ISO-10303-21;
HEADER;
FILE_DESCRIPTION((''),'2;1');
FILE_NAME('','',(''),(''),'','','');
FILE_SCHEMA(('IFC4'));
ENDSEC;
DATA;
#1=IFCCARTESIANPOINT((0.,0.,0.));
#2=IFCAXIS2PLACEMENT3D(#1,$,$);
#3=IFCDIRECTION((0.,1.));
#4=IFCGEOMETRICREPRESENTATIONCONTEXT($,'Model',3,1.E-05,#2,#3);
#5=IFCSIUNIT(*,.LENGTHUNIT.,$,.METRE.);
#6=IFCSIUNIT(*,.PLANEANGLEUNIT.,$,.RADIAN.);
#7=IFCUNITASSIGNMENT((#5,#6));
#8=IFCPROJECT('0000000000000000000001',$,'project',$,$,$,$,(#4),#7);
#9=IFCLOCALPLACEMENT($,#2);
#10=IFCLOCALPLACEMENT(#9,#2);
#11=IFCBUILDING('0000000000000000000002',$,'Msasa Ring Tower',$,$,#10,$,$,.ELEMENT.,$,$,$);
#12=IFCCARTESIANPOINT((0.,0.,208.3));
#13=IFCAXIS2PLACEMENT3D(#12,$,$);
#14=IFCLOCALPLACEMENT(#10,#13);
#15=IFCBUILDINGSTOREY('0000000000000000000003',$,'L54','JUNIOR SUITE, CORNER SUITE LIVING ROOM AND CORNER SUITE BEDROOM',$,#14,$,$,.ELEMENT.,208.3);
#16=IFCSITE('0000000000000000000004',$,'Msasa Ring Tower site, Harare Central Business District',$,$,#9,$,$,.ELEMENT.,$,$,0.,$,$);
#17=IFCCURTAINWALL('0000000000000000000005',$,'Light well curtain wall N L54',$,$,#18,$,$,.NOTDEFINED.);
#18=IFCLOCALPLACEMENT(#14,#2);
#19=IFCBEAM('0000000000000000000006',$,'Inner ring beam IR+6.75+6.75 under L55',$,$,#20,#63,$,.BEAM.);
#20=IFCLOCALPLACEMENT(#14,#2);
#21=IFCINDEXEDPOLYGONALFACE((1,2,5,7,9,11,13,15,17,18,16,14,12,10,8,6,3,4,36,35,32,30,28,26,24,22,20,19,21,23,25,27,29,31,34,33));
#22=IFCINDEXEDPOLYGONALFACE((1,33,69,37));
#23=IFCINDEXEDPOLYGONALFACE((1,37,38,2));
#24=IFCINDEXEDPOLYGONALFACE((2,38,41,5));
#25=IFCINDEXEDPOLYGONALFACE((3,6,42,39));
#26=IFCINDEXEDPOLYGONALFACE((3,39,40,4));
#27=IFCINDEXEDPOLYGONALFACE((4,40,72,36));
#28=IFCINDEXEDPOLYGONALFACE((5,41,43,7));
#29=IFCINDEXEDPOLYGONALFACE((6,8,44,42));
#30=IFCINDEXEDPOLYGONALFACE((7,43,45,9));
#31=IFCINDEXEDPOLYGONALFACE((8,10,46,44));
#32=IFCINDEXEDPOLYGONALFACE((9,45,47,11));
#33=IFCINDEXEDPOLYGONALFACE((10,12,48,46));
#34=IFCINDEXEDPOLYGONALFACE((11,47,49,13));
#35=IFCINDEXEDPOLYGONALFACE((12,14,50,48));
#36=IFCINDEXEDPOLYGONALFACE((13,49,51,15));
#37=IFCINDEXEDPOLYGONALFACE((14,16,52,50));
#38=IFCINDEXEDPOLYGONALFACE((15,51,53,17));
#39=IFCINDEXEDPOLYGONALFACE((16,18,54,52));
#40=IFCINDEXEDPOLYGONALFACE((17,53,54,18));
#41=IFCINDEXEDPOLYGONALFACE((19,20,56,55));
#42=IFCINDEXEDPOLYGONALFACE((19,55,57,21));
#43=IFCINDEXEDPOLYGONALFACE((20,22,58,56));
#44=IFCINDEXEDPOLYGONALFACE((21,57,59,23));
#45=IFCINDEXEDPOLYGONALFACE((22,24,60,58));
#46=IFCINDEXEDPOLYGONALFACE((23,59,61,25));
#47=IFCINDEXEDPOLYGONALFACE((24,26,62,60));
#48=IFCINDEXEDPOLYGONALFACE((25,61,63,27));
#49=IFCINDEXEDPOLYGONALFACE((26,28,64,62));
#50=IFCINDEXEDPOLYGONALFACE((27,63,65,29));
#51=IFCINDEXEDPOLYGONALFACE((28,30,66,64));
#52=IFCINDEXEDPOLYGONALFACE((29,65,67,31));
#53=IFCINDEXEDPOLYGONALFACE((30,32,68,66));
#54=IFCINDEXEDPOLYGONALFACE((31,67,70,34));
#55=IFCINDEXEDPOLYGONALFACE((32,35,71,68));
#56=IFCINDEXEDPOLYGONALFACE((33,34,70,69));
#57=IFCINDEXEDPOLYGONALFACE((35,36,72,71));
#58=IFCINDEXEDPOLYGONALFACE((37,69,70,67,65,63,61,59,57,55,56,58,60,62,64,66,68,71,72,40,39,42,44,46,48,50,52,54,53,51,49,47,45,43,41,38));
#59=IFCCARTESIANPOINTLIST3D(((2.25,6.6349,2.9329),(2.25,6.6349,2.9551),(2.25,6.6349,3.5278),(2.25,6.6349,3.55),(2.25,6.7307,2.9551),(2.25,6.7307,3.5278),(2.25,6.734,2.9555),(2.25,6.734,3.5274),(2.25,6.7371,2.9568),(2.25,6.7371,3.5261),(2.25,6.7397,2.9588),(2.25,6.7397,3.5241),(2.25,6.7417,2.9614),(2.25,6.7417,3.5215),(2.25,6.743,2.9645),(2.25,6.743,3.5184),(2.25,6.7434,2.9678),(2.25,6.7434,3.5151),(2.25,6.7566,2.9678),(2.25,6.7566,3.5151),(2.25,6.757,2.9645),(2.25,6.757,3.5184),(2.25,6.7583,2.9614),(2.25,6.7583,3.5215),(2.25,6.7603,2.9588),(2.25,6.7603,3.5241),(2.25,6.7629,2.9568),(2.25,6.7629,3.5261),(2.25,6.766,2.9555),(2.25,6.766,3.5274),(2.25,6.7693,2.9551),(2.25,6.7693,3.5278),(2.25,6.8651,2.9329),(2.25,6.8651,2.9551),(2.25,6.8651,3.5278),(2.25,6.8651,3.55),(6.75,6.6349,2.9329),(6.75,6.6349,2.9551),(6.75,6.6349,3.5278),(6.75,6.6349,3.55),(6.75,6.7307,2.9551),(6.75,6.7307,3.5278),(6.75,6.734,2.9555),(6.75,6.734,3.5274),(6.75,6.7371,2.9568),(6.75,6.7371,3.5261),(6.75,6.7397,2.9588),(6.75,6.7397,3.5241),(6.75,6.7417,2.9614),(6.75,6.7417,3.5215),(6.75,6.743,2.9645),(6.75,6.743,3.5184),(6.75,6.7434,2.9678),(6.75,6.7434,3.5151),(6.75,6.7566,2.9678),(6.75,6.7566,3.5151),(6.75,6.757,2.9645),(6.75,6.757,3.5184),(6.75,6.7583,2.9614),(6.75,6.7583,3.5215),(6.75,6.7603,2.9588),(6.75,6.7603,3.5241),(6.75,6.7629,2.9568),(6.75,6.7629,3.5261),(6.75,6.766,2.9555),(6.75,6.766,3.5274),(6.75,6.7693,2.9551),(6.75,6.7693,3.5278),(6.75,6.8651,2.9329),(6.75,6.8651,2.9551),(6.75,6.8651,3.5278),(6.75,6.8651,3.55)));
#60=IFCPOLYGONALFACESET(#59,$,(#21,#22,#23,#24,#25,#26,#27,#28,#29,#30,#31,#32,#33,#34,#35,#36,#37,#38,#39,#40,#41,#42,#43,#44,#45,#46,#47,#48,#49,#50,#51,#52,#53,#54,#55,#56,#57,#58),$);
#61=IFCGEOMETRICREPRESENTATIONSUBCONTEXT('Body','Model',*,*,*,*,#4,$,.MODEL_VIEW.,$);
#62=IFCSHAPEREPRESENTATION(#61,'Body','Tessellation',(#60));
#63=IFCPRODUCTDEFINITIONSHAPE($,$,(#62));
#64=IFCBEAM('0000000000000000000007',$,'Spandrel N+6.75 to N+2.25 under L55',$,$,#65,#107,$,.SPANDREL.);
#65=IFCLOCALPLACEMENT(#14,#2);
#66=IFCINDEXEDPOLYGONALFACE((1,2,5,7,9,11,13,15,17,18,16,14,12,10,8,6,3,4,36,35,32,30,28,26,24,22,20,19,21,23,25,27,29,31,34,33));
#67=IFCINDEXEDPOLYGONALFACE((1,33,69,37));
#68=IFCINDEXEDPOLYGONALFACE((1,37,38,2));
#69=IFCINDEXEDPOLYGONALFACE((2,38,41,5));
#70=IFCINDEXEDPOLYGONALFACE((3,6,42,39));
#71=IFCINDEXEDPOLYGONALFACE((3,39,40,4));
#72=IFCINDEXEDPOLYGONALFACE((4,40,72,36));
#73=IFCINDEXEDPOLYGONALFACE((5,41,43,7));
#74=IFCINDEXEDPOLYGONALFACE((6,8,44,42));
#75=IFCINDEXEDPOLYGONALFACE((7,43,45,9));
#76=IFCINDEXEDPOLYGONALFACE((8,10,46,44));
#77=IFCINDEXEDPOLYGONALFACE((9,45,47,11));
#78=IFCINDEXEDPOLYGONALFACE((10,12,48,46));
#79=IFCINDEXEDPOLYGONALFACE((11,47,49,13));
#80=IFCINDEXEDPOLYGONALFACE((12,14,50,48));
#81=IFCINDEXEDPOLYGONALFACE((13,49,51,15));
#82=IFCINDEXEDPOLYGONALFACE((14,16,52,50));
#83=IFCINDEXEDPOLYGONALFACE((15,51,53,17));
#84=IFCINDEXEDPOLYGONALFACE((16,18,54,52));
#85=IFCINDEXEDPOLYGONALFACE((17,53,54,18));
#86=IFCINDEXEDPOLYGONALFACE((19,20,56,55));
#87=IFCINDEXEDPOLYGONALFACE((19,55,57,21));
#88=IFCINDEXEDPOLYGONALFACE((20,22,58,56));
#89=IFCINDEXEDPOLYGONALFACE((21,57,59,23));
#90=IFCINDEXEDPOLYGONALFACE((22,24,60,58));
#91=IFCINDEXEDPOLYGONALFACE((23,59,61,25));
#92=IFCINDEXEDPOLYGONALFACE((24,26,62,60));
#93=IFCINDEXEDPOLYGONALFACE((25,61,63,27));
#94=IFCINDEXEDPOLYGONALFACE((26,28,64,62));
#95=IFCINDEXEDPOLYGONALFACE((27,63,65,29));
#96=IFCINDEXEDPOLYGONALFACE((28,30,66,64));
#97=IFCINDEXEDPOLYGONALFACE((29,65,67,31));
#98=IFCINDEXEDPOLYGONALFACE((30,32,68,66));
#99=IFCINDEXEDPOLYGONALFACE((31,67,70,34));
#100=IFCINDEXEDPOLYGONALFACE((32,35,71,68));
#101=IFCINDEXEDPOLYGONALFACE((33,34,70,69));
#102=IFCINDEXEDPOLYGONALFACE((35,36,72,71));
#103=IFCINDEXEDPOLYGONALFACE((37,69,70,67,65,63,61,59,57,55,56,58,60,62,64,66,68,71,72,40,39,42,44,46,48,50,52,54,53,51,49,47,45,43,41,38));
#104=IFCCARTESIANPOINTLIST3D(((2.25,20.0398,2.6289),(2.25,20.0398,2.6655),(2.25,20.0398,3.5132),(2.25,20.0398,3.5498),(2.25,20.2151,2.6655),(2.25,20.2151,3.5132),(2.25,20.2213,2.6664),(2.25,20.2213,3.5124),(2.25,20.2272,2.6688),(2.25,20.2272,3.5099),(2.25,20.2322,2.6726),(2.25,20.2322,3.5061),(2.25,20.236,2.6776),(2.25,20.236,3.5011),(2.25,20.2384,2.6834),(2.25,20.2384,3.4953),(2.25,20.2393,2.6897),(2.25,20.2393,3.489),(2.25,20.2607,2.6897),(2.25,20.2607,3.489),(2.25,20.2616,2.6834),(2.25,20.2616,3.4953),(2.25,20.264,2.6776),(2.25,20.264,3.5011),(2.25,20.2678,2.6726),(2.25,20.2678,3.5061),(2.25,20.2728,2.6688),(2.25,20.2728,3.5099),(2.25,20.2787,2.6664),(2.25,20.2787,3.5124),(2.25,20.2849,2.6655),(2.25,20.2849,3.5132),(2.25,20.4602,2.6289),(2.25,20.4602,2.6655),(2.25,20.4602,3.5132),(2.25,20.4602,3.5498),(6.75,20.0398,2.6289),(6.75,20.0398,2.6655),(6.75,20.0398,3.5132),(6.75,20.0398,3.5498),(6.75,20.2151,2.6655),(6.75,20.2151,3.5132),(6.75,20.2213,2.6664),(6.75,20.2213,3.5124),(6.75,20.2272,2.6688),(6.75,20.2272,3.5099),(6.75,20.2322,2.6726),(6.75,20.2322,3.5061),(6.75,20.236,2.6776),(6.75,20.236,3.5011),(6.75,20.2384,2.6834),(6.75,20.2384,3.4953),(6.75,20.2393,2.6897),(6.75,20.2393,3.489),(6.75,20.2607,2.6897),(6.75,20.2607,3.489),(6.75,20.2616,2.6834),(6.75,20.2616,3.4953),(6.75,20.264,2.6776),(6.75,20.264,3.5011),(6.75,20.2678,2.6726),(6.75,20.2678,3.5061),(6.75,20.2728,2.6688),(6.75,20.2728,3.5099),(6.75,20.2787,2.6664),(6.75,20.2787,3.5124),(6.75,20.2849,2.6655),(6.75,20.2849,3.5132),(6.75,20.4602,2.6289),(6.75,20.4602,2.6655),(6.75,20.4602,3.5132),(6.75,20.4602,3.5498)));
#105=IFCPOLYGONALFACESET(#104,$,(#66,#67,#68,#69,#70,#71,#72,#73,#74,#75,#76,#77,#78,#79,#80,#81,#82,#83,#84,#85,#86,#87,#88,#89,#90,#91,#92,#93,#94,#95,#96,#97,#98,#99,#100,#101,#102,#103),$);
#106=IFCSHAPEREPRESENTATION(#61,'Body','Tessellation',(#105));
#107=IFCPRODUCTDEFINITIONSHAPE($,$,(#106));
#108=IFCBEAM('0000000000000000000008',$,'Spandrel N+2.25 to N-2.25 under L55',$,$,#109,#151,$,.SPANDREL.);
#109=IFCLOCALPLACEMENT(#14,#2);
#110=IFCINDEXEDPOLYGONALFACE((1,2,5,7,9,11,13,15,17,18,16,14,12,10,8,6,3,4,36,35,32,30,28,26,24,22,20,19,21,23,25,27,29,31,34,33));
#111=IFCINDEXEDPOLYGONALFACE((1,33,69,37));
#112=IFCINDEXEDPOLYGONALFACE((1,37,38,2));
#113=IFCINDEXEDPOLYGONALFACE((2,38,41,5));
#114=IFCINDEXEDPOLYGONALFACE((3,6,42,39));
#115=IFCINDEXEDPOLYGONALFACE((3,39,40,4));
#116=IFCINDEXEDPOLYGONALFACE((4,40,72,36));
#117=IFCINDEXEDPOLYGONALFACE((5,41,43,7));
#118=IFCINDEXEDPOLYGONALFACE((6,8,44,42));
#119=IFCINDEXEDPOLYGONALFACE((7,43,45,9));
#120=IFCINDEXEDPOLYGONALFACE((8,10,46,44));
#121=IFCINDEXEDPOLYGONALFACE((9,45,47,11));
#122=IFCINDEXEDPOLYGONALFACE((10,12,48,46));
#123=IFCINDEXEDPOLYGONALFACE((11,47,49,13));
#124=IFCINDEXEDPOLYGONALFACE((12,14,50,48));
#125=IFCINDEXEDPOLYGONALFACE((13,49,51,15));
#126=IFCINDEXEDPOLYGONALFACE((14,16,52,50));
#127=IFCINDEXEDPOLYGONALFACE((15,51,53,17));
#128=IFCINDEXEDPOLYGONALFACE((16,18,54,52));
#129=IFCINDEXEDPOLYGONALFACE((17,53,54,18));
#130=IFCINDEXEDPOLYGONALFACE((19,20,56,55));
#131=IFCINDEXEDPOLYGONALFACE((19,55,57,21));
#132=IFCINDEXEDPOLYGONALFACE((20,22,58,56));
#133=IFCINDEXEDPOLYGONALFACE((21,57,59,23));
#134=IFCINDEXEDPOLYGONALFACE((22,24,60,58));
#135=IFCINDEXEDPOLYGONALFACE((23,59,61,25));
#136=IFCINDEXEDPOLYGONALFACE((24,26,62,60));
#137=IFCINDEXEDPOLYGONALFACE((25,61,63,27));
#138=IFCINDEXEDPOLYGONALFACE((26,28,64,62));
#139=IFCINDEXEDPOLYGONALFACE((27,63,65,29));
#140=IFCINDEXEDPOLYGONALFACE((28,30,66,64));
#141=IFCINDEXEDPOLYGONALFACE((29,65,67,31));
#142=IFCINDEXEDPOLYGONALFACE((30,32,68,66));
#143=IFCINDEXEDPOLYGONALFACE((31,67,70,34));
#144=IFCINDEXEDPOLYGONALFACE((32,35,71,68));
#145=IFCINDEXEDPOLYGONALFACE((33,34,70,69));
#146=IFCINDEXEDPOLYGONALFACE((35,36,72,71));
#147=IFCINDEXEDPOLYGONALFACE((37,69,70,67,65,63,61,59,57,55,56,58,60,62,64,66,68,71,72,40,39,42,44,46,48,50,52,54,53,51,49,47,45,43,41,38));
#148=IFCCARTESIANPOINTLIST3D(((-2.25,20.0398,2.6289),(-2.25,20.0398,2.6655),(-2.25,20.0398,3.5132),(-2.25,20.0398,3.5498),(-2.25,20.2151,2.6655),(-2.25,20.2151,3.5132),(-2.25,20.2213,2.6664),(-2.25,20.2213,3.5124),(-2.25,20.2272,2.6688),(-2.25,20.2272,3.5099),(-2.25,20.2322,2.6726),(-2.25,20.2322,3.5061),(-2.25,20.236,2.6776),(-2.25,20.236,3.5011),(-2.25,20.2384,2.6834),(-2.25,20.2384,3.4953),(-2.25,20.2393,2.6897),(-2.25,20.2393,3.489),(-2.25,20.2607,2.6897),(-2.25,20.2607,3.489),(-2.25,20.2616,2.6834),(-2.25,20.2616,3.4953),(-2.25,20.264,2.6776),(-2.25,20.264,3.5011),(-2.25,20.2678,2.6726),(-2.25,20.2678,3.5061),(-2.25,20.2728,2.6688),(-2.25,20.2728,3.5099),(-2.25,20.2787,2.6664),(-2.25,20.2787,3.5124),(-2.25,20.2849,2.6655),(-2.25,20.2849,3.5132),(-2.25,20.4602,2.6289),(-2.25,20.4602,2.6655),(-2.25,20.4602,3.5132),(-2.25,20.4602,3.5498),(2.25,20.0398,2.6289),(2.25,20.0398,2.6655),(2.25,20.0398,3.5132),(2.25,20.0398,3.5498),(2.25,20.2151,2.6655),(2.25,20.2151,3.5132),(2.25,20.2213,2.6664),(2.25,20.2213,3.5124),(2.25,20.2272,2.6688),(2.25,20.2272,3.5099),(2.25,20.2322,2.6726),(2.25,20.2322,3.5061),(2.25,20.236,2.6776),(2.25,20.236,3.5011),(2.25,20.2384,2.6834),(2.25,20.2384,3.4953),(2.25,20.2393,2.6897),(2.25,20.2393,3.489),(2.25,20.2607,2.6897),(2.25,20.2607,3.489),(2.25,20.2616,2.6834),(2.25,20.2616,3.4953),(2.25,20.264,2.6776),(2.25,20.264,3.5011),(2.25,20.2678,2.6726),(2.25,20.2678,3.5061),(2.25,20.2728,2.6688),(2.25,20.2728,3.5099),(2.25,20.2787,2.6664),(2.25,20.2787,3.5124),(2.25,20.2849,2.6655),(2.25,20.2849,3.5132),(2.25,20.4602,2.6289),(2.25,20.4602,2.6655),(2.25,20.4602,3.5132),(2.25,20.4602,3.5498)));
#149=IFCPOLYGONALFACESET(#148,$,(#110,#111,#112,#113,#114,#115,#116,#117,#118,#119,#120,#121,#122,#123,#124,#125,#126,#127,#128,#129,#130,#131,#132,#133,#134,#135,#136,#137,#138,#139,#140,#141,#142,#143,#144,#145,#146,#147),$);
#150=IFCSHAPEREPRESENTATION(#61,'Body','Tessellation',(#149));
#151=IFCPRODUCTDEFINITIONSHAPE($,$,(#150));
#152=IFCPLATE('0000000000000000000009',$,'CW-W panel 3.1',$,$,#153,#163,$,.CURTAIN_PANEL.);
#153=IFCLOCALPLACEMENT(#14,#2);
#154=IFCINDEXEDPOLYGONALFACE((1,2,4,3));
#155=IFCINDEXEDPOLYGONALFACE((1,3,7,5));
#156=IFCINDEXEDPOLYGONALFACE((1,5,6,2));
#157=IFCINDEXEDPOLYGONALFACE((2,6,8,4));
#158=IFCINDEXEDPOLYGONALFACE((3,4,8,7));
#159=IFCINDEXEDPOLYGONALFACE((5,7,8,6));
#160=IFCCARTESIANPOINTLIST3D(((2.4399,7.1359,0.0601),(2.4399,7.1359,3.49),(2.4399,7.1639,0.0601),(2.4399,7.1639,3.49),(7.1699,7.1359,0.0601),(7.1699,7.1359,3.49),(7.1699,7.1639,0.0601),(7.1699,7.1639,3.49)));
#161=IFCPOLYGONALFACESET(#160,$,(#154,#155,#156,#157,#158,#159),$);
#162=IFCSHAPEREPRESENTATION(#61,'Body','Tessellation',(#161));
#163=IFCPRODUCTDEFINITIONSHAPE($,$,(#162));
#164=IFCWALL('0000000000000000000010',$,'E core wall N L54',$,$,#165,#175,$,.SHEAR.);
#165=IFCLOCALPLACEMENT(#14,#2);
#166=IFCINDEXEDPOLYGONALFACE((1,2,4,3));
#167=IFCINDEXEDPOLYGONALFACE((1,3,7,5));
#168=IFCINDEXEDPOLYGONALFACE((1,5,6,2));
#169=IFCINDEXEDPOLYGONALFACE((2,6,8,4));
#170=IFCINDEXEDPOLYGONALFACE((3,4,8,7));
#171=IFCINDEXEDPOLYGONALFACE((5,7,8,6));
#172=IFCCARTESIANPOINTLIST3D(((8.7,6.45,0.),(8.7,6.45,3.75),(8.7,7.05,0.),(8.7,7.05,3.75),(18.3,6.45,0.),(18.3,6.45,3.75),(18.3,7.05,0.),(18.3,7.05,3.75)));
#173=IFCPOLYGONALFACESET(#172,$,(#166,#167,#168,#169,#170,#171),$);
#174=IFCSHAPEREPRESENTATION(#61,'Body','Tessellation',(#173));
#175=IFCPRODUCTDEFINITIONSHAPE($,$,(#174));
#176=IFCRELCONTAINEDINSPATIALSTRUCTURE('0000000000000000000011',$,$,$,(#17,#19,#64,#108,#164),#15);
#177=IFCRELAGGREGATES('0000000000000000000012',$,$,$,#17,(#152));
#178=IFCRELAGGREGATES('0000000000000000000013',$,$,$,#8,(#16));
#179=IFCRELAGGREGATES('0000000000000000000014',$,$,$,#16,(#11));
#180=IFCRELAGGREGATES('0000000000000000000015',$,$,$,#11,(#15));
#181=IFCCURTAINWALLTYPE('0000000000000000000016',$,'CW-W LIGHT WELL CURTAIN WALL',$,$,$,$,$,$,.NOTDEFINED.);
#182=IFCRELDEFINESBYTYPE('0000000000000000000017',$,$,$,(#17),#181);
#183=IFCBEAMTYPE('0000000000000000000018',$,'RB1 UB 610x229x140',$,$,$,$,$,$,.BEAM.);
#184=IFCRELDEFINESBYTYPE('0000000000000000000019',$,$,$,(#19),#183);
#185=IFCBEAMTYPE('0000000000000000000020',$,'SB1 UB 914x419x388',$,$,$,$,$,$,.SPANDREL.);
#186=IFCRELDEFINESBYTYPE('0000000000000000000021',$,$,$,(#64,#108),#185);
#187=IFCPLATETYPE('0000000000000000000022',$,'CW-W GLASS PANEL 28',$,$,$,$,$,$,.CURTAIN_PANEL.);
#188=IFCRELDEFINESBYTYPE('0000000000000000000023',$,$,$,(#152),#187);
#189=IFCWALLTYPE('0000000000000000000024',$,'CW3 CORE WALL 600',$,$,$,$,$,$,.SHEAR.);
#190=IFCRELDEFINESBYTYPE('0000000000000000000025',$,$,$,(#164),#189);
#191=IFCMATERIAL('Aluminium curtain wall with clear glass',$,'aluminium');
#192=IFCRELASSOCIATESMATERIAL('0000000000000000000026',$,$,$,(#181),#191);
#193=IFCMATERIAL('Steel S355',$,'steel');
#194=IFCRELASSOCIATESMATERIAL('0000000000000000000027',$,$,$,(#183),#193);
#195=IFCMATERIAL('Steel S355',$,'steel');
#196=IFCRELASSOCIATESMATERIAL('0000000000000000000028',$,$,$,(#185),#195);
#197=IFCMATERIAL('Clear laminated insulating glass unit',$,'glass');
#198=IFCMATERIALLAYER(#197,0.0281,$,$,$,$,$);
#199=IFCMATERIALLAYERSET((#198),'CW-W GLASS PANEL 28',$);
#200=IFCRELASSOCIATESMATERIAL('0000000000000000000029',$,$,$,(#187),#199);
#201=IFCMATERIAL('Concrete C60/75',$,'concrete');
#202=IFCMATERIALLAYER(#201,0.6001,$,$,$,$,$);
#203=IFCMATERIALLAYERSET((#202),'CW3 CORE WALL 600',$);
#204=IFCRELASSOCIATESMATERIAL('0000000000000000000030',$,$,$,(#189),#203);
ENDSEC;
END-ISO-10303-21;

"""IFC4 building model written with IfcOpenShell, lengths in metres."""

from ifc_helpers import new_model, si_unit, direction, frame, frame_2d, origin, origin_2d, place, context, subcontext, project, spatial, rectangle, i_section, extrude, material, layer, layer_set, material_profile, profile_set, type_object, element, aggregate, save


model = new_model("IFC4")

# Units and contexts
model_context = context("Model", 3, precision=1e-05, world=origin(), true_north=direction((0.0, 1.0)))
body_context = subcontext(model_context, "Body", "Model", "MODEL_VIEW")
ifc_project = project(units=[si_unit("LENGTHUNIT", "METRE"), si_unit("PLANEANGLEUNIT", "RADIAN")], contexts=[model_context])

# Site, building, storey
site_placement = place(None, origin())
site = spatial("IfcSite", under=ifc_project, at=site_placement, Name="Msasa Ring Tower site, Harare Central Business District", CompositionType="ELEMENT", RefElevation=0.0)
building_placement = place(site_placement, origin())
building = spatial("IfcBuilding", under=site, at=building_placement, Name="Msasa Ring Tower", CompositionType="ELEMENT")
storey_placement = place(building_placement, frame((0.0, 0.0, 208.3)))
storey = spatial("IfcBuildingStorey", under=building, at=storey_placement, Name="L54", Description="JUNIOR SUITE, CORNER SUITE LIVING ROOM AND CORNER SUITE BEDROOM", CompositionType="ELEMENT", Elevation=208.3)

# Curtain wall
ifc_material_1 = material(Name="Aluminium curtain wall with clear glass", Category="aluminium")
curtain_wall_type = type_object("IfcCurtainWallType", Name="CW-W LIGHT WELL CURTAIN WALL", PredefinedType="NOTDEFINED", material=ifc_material_1)
curtain_wall_1_placement = place(storey_placement, origin())
curtain_wall_1 = element("IfcCurtainWall", 1, at=curtain_wall_1_placement, inside=storey, type_object=curtain_wall_type, Name="Light well curtain wall N L54", PredefinedType="NOTDEFINED")

# Beams
ifc_material_2 = material(Name="Steel S355", Category="steel")
ifc_material_profile_1 = material_profile(ifc_material_2, i_section(OverallWidth=0.2302, OverallDepth=0.6172, WebThickness=0.0132, FlangeThickness=0.0222, FilletRadius=0.0127, at=origin_2d()), Name="UB 610x229x140")
ifc_profile_set_1 = profile_set([ifc_material_profile_1], Name="Steel S355")
beam_type_1 = type_object("IfcBeamType", Name="RB1 UB 610x229x140", PredefinedType="BEAM", material=ifc_profile_set_1)
beam_placement = place(storey_placement, frame((6.75, 6.75, 3.2415), z_axis=(-1.0, 0.0, 0.0), x_axis=(0.0, -1.0, 0.0)))
element("IfcBeam", 2, at=beam_placement, inside=storey, type_object=beam_type_1, Name="Inner ring beam IR+6.75+6.75 under L55", PredefinedType="BEAM", context=body_context, shape_type="SweptSolid", body=[
    extrude(i_section(OverallWidth=0.2302, OverallDepth=0.6172, WebThickness=0.0132, FlangeThickness=0.0222, FilletRadius=0.0127, at=origin_2d()), origin(), (0.0, 0.0, 1.0), 4.5),
])
ifc_material_3 = material(Name="Steel S355", Category="steel")
ifc_material_profile_2 = material_profile(ifc_material_3, i_section(OverallWidth=0.4204, OverallDepth=0.9209, WebThickness=0.0215, FlangeThickness=0.0366, FilletRadius=0.0242, at=origin_2d()), Name="UB 914x419x388")
ifc_profile_set_2 = profile_set([ifc_material_profile_2], Name="Steel S355")
beam_type_2 = type_object("IfcBeamType", Name="SB1 UB 914x419x388", PredefinedType="SPANDREL", material=ifc_profile_set_2)
for number, where, z_axis, x_axis, name in (
    (3, (6.75, 20.25, 3.0894), (-1.0, 0.0, 0.0), (0.0, -1.0, 0.0), "Spandrel N+6.75 to N+2.25 under L55"),
    (4, (2.25, 20.25, 3.0894), (-1.0, 0.0, 0.0), (0.0, -1.0, 0.0), "Spandrel N+2.25 to N-2.25 under L55"),
):
    element("IfcBeam", number, at=place(storey_placement, frame(where, z_axis=z_axis, x_axis=x_axis)), inside=storey, type_object=beam_type_2, Name=name, PredefinedType="SPANDREL", context=body_context, shape_type="SweptSolid", body=[
        extrude(i_section(OverallWidth=0.4204, OverallDepth=0.9209, WebThickness=0.0215, FlangeThickness=0.0366, FilletRadius=0.0242, at=origin_2d()), origin(), (0.0, 0.0, 1.0), 4.5),
    ])

# Plate
ifc_material_4 = material(Name="Clear laminated insulating glass unit", Category="glass")
ifc_layer_1 = layer(ifc_material_4, 0.0281)
ifc_layer_set_1 = layer_set([ifc_layer_1], Name="CW-W GLASS PANEL 28")
plate_type = type_object("IfcPlateType", Name="CW-W GLASS PANEL 28", PredefinedType="CURTAIN_PANEL", material=ifc_layer_set_1)
plate_placement = place(storey_placement, frame((4.8049, 7.1499, 0.0601), z_axis=(0.0, 0.0, 1.0), x_axis=(1.0, 0.0, 0.0)))
plate = element("IfcPlate", 5, at=plate_placement, type_object=plate_type, Name="CW-W panel 3.1", PredefinedType="CURTAIN_PANEL", context=body_context, shape_type="SweptSolid", body=[
    extrude(rectangle(XDim=4.73, YDim=0.0281, at=origin_2d()), origin(), (0.0, 0.0, 1.0), 3.4299),
])
aggregate(curtain_wall_1, [plate])

# Wall
ifc_material_5 = material(Name="Concrete C60/75", Category="concrete")
ifc_layer_2 = layer(ifc_material_5, 0.6001)
ifc_layer_set_2 = layer_set([ifc_layer_2], Name="CW3 CORE WALL 600")
wall_type_1 = type_object("IfcWallType", Name="CW3 CORE WALL 600", PredefinedType="SHEAR", material=ifc_layer_set_2)
wall_1_placement = place(storey_placement, frame((8.7, 6.75, 0.0), z_axis=(0.0, 0.0, 1.0), x_axis=(1.0, 0.0, 0.0)))
element("IfcWall", 6, at=wall_1_placement, inside=storey, type_object=wall_type_1, Name="E core wall N L54", PredefinedType="SHEAR", context=body_context, shape_type="SweptSolid", body=[
    extrude(rectangle(XDim=9.6001, YDim=0.6001, at=frame_2d((4.8, 0.0))), origin(), (0.0, 0.0, 1.0), 3.75),
])

save(model, "model.ifc")
